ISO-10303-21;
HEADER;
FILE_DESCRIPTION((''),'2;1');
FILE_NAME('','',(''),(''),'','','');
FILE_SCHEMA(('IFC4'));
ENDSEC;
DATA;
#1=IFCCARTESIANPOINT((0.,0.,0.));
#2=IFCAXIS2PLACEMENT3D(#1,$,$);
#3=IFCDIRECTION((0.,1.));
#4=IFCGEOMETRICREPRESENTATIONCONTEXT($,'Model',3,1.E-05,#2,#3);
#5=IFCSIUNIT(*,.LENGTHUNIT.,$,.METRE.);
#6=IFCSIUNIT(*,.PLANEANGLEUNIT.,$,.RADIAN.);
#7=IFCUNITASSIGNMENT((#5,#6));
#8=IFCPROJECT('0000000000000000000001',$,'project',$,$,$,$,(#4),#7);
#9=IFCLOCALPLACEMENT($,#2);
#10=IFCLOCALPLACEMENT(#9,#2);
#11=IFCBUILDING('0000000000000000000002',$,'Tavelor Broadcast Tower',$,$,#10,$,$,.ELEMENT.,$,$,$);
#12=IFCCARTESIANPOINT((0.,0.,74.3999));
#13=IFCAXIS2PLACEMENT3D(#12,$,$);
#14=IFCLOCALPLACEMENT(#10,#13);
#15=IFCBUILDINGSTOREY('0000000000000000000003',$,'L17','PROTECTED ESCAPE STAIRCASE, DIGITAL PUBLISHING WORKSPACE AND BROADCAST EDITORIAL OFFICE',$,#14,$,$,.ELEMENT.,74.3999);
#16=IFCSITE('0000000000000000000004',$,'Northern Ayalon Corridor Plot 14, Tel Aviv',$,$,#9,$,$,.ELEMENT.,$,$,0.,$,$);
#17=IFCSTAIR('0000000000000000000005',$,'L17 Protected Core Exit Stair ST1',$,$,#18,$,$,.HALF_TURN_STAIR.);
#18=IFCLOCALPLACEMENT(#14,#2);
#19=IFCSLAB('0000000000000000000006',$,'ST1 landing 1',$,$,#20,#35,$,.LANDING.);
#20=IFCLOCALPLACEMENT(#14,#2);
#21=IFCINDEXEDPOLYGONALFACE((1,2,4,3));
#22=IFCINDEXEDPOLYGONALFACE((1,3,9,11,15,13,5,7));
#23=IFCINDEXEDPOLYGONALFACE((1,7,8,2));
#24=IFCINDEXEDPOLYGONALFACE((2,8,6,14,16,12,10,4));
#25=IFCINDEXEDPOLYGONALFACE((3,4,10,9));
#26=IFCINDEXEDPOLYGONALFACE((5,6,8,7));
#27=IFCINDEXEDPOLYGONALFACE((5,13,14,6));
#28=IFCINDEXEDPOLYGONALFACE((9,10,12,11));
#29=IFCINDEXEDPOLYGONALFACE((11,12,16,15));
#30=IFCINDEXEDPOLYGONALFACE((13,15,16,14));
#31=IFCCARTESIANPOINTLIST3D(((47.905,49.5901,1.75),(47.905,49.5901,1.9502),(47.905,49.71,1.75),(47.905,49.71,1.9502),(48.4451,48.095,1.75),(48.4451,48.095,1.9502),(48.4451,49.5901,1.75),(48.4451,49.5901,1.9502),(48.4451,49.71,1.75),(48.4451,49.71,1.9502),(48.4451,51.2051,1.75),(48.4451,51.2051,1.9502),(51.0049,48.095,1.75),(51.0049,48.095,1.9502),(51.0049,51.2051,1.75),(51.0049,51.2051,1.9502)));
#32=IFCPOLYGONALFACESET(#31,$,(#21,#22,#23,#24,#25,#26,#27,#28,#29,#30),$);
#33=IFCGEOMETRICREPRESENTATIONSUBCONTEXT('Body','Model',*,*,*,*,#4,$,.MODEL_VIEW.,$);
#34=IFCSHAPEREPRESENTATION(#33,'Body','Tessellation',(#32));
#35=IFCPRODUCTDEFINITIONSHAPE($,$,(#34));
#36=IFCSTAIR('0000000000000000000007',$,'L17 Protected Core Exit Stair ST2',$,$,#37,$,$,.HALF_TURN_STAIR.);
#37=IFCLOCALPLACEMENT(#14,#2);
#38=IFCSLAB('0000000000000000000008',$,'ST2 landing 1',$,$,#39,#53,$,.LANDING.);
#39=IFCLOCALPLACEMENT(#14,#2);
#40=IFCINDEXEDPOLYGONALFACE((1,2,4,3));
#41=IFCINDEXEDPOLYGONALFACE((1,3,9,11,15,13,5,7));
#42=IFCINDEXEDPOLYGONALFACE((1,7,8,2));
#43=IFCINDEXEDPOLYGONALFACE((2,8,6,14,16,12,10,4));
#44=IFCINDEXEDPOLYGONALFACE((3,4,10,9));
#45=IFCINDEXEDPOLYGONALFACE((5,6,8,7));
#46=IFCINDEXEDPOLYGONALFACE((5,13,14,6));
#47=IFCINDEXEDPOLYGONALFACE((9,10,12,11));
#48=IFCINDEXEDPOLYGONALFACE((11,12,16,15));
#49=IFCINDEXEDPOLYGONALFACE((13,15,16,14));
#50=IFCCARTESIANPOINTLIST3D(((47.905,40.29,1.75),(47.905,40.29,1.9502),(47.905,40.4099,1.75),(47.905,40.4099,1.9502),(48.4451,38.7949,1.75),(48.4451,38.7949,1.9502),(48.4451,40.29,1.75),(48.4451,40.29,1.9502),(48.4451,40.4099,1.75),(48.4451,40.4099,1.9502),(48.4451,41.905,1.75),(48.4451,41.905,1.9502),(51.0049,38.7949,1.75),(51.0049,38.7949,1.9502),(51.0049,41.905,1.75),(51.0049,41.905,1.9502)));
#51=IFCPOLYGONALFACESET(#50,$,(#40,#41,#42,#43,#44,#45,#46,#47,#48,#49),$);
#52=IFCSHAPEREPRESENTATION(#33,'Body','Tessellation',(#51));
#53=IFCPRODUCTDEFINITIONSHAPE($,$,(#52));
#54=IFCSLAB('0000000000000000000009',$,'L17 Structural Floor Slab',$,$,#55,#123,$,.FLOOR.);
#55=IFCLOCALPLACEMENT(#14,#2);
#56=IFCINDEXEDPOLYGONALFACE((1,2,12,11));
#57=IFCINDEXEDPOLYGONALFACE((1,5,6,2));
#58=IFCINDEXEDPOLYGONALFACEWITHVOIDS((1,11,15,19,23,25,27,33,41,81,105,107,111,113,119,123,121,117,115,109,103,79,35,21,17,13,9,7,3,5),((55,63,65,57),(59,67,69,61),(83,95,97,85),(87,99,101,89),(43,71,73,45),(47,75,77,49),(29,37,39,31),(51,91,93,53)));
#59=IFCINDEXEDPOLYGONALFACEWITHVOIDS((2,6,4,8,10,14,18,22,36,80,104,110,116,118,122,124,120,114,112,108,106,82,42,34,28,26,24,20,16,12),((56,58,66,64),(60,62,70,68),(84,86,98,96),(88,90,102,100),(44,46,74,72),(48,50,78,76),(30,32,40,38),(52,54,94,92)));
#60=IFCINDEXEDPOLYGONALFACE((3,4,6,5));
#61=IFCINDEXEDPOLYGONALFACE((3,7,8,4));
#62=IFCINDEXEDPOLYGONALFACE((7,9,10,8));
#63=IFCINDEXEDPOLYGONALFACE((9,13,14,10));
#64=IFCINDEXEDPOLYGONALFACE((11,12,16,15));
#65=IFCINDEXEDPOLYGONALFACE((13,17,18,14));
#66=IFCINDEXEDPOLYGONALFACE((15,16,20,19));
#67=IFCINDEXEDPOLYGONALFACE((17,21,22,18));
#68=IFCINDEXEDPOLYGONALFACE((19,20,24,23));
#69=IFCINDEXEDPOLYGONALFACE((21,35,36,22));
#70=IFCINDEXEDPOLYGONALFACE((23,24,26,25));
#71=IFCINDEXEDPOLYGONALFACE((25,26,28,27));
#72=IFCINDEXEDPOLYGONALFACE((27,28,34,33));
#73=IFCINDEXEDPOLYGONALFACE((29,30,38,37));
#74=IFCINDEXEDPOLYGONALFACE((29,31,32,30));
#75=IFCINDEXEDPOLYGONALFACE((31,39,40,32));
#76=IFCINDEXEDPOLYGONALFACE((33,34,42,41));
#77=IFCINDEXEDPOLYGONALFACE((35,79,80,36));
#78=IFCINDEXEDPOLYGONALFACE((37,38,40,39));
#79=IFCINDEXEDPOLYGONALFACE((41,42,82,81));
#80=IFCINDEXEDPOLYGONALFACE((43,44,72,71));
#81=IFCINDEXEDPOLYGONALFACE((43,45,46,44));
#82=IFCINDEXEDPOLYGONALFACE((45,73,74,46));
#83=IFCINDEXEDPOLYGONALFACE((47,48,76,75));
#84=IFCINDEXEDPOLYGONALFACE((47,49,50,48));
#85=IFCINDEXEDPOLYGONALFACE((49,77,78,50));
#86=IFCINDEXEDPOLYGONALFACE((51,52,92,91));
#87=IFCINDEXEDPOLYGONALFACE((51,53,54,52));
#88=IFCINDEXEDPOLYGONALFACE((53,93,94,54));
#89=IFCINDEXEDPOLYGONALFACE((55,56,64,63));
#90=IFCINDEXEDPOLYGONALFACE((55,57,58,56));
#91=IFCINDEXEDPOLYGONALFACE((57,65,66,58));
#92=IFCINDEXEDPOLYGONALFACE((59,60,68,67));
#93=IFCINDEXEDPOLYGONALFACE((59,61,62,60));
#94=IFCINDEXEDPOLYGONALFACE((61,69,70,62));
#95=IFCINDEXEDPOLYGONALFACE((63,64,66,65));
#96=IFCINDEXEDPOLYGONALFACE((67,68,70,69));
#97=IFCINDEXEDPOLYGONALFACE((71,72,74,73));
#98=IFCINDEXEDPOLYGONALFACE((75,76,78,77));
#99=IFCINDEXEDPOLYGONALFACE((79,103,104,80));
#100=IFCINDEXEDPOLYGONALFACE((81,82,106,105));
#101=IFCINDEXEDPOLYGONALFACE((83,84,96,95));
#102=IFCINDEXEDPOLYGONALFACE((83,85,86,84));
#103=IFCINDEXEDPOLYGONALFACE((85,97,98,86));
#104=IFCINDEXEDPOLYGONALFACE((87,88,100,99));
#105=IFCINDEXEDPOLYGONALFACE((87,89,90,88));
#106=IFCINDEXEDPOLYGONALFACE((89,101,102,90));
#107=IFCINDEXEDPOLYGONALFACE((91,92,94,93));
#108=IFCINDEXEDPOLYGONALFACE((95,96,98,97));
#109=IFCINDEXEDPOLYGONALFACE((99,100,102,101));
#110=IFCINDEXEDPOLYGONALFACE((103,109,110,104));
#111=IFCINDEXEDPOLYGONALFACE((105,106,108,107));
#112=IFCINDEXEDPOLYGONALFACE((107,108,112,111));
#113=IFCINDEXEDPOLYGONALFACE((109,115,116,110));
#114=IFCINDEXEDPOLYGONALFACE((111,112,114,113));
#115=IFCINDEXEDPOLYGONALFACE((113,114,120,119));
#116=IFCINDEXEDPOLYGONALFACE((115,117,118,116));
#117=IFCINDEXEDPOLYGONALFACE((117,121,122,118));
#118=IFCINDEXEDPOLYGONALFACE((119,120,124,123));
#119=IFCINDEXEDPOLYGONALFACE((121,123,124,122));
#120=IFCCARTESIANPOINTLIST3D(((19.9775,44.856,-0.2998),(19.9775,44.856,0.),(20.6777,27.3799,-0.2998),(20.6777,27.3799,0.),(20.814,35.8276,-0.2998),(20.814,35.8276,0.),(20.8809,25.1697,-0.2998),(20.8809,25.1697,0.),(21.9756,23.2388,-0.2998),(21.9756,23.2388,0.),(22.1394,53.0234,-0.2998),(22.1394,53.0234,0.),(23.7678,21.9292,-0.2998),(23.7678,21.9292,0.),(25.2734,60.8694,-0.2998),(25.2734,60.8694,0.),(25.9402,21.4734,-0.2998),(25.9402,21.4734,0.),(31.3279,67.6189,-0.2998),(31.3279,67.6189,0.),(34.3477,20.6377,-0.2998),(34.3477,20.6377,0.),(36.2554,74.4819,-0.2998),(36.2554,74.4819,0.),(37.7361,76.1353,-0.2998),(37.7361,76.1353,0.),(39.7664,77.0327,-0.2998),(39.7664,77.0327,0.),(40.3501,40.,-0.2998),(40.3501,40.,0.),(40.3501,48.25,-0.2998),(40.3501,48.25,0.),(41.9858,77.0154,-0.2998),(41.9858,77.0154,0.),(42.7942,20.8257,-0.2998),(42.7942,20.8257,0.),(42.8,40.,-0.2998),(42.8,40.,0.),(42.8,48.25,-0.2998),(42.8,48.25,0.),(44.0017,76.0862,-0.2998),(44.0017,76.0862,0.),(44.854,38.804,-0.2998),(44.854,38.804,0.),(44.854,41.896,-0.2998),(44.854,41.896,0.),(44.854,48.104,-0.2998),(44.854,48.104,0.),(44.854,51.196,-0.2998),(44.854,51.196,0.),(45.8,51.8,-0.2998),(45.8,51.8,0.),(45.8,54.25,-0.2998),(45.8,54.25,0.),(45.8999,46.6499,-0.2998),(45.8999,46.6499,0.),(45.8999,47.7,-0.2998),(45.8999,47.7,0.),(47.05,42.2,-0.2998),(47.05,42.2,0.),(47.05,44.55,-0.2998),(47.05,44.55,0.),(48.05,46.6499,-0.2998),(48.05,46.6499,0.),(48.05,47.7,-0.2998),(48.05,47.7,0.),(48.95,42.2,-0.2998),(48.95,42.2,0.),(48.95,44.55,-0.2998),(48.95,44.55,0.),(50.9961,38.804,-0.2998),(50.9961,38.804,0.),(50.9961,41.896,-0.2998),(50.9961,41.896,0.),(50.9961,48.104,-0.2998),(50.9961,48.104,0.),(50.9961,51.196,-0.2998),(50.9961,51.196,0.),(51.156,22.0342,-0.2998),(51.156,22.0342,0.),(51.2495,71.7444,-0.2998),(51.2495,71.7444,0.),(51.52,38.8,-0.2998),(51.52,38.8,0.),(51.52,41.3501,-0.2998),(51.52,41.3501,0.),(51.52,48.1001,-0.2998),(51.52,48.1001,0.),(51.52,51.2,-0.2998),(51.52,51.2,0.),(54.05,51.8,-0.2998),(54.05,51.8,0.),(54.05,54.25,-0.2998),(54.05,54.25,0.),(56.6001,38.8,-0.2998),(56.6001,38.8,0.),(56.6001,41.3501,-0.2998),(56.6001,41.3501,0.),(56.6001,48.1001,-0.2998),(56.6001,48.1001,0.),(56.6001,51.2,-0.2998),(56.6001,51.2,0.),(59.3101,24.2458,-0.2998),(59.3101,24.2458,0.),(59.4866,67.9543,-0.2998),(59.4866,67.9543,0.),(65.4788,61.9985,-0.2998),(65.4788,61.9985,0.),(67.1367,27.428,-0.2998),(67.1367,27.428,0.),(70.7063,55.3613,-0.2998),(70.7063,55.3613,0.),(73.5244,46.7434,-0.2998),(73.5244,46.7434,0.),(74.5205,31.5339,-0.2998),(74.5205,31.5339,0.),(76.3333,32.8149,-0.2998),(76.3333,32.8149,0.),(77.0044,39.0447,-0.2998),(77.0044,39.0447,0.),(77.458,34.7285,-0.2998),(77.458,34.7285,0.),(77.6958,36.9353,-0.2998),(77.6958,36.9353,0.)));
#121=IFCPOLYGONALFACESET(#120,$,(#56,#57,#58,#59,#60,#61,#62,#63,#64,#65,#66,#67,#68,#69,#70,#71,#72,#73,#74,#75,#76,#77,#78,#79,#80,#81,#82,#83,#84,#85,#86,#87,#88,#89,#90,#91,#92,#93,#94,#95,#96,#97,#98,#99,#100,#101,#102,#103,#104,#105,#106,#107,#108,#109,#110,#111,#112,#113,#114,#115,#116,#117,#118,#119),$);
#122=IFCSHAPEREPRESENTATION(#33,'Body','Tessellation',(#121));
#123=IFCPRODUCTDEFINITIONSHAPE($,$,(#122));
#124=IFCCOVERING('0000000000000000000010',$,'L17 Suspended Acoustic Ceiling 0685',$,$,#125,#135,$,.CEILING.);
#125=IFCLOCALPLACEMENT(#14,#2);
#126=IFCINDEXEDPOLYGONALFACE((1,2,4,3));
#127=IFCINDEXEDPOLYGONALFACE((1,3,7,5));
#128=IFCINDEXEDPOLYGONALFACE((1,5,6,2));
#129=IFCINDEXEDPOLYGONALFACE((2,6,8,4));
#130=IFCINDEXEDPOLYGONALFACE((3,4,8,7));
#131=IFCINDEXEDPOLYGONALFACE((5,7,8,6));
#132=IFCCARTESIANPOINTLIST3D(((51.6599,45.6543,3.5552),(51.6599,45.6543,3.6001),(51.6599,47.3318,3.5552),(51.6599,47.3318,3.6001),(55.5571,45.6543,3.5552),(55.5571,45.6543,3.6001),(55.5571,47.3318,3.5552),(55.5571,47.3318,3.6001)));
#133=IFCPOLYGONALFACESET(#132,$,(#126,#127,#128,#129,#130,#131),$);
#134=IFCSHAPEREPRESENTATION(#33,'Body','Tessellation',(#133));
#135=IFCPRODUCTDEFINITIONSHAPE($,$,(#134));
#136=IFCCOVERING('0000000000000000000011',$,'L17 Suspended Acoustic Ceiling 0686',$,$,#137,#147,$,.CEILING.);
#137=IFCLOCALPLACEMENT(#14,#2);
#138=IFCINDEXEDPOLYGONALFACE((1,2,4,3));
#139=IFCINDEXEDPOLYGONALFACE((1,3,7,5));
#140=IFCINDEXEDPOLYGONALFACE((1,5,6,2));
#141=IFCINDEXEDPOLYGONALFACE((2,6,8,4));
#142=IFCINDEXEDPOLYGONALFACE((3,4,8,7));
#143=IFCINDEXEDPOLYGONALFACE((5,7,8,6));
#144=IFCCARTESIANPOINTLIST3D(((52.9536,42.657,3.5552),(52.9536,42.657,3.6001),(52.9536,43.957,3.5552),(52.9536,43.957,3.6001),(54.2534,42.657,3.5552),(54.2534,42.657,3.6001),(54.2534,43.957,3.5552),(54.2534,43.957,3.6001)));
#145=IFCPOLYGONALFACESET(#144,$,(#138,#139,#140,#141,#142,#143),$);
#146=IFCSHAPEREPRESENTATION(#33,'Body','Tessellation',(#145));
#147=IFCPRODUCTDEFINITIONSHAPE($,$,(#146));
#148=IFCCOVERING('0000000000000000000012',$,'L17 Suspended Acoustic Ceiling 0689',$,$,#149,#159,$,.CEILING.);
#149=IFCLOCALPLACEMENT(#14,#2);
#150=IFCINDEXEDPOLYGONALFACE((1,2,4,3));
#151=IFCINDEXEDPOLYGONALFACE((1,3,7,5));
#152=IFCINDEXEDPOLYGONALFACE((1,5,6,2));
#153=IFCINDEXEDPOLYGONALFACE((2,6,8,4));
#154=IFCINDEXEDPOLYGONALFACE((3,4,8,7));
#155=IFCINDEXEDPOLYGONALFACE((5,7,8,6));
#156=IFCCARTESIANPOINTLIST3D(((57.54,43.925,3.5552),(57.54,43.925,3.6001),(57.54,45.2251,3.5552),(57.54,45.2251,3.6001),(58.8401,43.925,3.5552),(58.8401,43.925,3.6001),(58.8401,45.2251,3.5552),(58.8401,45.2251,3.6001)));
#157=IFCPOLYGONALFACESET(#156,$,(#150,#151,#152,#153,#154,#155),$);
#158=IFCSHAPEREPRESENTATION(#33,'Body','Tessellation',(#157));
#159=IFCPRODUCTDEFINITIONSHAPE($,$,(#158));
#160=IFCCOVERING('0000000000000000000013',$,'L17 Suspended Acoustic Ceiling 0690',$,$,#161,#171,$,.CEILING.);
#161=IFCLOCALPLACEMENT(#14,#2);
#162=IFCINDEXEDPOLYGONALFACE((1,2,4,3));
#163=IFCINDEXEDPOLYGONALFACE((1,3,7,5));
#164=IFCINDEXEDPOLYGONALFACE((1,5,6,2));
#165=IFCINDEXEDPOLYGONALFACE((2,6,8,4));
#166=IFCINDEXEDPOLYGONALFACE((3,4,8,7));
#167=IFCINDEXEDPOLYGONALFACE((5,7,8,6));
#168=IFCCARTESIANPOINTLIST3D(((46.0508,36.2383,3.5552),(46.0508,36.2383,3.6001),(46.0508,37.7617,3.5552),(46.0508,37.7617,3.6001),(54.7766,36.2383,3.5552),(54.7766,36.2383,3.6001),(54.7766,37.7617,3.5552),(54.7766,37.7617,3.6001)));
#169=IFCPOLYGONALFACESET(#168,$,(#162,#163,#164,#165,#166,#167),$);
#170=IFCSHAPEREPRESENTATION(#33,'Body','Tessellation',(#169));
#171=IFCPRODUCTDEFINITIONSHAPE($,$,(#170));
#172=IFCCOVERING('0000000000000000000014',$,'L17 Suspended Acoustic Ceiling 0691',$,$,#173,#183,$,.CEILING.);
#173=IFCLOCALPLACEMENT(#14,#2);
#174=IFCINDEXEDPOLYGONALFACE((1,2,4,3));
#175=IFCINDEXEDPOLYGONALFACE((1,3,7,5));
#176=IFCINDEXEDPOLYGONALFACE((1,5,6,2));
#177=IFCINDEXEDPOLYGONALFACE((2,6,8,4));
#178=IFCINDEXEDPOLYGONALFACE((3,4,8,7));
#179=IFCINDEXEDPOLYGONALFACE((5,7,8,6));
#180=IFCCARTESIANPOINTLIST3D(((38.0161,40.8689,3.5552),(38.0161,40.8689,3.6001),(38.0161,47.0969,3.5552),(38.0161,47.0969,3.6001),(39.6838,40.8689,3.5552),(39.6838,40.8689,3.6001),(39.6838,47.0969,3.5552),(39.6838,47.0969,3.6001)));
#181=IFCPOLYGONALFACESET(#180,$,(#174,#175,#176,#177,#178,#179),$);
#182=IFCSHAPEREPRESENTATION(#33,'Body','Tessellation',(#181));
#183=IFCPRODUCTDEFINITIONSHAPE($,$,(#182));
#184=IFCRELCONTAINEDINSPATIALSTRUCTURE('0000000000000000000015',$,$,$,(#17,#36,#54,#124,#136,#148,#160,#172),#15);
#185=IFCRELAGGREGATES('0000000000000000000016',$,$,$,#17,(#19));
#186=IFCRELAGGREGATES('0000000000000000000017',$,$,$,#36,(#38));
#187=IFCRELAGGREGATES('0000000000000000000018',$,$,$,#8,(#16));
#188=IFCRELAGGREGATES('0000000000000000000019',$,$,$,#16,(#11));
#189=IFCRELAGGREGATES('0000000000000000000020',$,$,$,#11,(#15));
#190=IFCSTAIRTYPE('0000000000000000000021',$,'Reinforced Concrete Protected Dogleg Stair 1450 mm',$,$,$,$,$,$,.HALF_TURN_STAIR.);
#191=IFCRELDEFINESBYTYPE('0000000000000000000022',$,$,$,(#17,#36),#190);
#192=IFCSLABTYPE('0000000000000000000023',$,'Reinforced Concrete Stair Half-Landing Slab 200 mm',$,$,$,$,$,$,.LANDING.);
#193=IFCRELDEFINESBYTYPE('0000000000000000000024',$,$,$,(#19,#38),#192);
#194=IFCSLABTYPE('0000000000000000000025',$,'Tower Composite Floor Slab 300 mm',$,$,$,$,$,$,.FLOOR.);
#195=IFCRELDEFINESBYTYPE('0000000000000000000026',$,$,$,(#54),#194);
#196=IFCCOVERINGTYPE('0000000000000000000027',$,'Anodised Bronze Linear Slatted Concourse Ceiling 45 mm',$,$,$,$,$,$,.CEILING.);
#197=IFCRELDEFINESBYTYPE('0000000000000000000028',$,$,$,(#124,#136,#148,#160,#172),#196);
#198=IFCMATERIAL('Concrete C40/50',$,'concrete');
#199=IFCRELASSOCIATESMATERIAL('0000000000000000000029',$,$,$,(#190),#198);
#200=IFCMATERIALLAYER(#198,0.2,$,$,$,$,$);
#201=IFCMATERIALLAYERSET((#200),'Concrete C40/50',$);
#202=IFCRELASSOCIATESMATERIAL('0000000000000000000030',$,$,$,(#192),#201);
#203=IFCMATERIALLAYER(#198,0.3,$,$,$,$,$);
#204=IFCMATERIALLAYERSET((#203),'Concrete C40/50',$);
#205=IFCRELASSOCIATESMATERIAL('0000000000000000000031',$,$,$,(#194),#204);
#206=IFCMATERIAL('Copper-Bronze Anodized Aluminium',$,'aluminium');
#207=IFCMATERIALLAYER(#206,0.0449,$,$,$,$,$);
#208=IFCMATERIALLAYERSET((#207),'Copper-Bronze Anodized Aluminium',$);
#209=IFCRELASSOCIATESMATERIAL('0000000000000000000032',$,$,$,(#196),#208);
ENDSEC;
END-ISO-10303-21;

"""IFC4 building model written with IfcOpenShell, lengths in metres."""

from ifc_helpers import new_model, si_unit, direction, frame, origin, place, context, subcontext, project, spatial, polyline, outline, extrude, material, layer, layer_set, type_object, element, aggregate, save


model = new_model("IFC4")

# Units and contexts
model_context = context("Model", 3, precision=1e-05, world=origin(), true_north=direction((0.0, 1.0)))
body_context = subcontext(model_context, "Body", "Model", "MODEL_VIEW")
ifc_project = project(units=[si_unit("LENGTHUNIT", "METRE"), si_unit("PLANEANGLEUNIT", "RADIAN")], contexts=[model_context])

# Site, building, storey
site_placement = place(None, origin())
site = spatial("IfcSite", under=ifc_project, at=site_placement, Name="Northern Ayalon Corridor Plot 14, Tel Aviv", CompositionType="ELEMENT", RefElevation=0.0)
building_placement = place(site_placement, origin())
building = spatial("IfcBuilding", under=site, at=building_placement, Name="Tavelor Broadcast Tower", CompositionType="ELEMENT")
storey_placement = place(building_placement, frame((0.0, 0.0, 74.3999)))
storey = spatial("IfcBuildingStorey", under=building, at=storey_placement, Name="L17", Description="PROTECTED ESCAPE STAIRCASE, DIGITAL PUBLISHING WORKSPACE AND BROADCAST EDITORIAL OFFICE", CompositionType="ELEMENT", Elevation=74.3999)

# Stairs, slabs
ifc_material_1 = material(Name="Concrete C40/50", Category="concrete")
stair_type = type_object("IfcStairType", Name="Reinforced Concrete Protected Dogleg Stair 1450 mm", PredefinedType="HALF_TURN_STAIR", material=ifc_material_1)
stair_1_placement = place(storey_placement, origin())
stair_1 = element("IfcStair", 1, at=stair_1_placement, inside=storey, type_object=stair_type, Name="L17 Protected Core Exit Stair ST1", PredefinedType="HALF_TURN_STAIR")
ifc_layer_1 = layer(ifc_material_1, 0.2)
ifc_layer_set_1 = layer_set([ifc_layer_1], Name="Concrete C40/50")
slab_type_1 = type_object("IfcSlabType", Name="Reinforced Concrete Stair Half-Landing Slab 200 mm", PredefinedType="LANDING", material=ifc_layer_set_1)
slab_1_placement = place(storey_placement, frame((0.0, 0.0, 1.75)))
slab_1 = element("IfcSlab", 2, at=slab_1_placement, type_object=slab_type_1, Name="ST1 landing 1", PredefinedType="LANDING", context=body_context, shape_type="SweptSolid", body=[
    extrude(outline(polyline([(48.4451, 49.5901), (48.4451, 48.095), (51.0049, 48.095), (51.0049, 51.2051), (48.4451, 51.2051), (48.4451, 49.71), (47.905, 49.71), (47.905, 49.5901), (48.4451, 49.5901)])), origin(), (0.0, 0.0, 1.0), 0.2002),
])
aggregate(stair_1, [slab_1])
stair_2_placement = place(storey_placement, origin())
stair_2 = element("IfcStair", 3, at=stair_2_placement, inside=storey, type_object=stair_type, Name="L17 Protected Core Exit Stair ST2", PredefinedType="HALF_TURN_STAIR")
slab_2_placement = place(storey_placement, frame((0.0, 0.0, 1.75)))
slab_2 = element("IfcSlab", 4, at=slab_2_placement, type_object=slab_type_1, Name="ST2 landing 1", PredefinedType="LANDING", context=body_context, shape_type="SweptSolid", body=[
    extrude(outline(polyline([(48.4451, 40.29), (48.4451, 38.7949), (51.0049, 38.7949), (51.0049, 41.905), (48.4451, 41.905), (48.4451, 40.4099), (47.905, 40.4099), (47.905, 40.29), (48.4451, 40.29)])), origin(), (0.0, 0.0, 1.0), 0.2002),
])
aggregate(stair_2, [slab_2])

# Slab
ifc_layer_2 = layer(ifc_material_1, 0.3)
ifc_layer_set_2 = layer_set([ifc_layer_2], Name="Concrete C40/50")
slab_type_2 = type_object("IfcSlabType", Name="Tower Composite Floor Slab 300 mm", PredefinedType="FLOOR", material=ifc_layer_set_2)
slab_3_placement = place(storey_placement, frame((0.0, 0.0, -0.2998)))
element("IfcSlab", 5, at=slab_3_placement, inside=storey, type_object=slab_type_2, Name="L17 Structural Floor Slab", PredefinedType="FLOOR", context=body_context, shape_type="SweptSolid", body=[
    extrude(outline(polyline([(44.0017, 76.0862), (41.9858, 77.0154), (39.7664, 77.0327), (37.7361, 76.1353), (36.2554, 74.4819), (31.3279, 67.6189), (25.2734, 60.8694), (22.1394, 53.0234), (19.9775, 44.856), (20.814, 35.8276), (20.6777, 27.3799), (20.8809, 25.1697), (21.9756, 23.2388), (23.7678, 21.9292), (25.9402, 21.4734), (34.3477, 20.6377), (42.7942, 20.8257), (51.156, 22.0342), (59.3101, 24.2458), (67.1367, 27.428), (74.5205, 31.5339), (76.3333, 32.8149), (77.458, 34.7285), (77.6958, 36.9353), (77.0044, 39.0447), (73.5244, 46.7434), (70.7063, 55.3613), (65.4788, 61.9985), (59.4866, 67.9543), (51.2495, 71.7444), (44.0017, 76.0862)]), holes=[polyline([(56.6001, 38.8), (51.52, 38.8), (51.52, 41.3501), (56.6001, 41.3501), (56.6001, 38.8)]), polyline([(50.9961, 38.804), (44.854, 38.804), (44.854, 41.896), (50.9961, 41.896), (50.9961, 38.804)]), polyline([(47.05, 42.2), (47.05, 44.55), (48.95, 44.55), (48.95, 42.2), (47.05, 42.2)]), polyline([(40.3501, 40.0), (40.3501, 48.25), (42.8, 48.25), (42.8, 40.0), (40.3501, 40.0)]), polyline([(48.05, 46.6499), (45.8999, 46.6499), (45.8999, 47.7), (48.05, 47.7), (48.05, 46.6499)]), polyline([(50.9961, 48.104), (44.854, 48.104), (44.854, 51.196), (50.9961, 51.196), (50.9961, 48.104)]), polyline([(56.6001, 48.1001), (51.52, 48.1001), (51.52, 51.2), (56.6001, 51.2), (56.6001, 48.1001)]), polyline([(54.05, 51.8), (45.8, 51.8), (45.8, 54.25), (54.05, 54.25), (54.05, 51.8)])]), origin(), (0.0, 0.0, 1.0), 0.2998),
])

# Coverings
ifc_material_2 = material(Name="Copper-Bronze Anodized Aluminium", Category="aluminium")
ifc_layer_3 = layer(ifc_material_2, 0.0449)
ifc_layer_set_3 = layer_set([ifc_layer_3], Name="Copper-Bronze Anodized Aluminium")
covering_type_1 = type_object("IfcCoveringType", Name="Anodised Bronze Linear Slatted Concourse Ceiling 45 mm", PredefinedType="CEILING", material=ifc_layer_set_3)
covering_1_placement = place(storey_placement, frame((0.0, 0.0, 3.5552)))
element("IfcCovering", 6, at=covering_1_placement, inside=storey, type_object=covering_type_1, Name="L17 Suspended Acoustic Ceiling 0685", PredefinedType="CEILING", context=body_context, shape_type="SweptSolid", body=[
    extrude(outline(polyline([(51.6599, 45.6543), (55.5571, 45.6543), (55.5571, 47.3318), (51.6599, 47.3318), (51.6599, 45.6543)])), origin(), (0.0, 0.0, 1.0), 0.0449),
])
covering_2_placement = place(storey_placement, frame((0.0, 0.0, 3.5552)))
element("IfcCovering", 7, at=covering_2_placement, inside=storey, type_object=covering_type_1, Name="L17 Suspended Acoustic Ceiling 0686", PredefinedType="CEILING", context=body_context, shape_type="SweptSolid", body=[
    extrude(outline(polyline([(52.9536, 42.657), (54.2534, 42.657), (54.2534, 43.957), (52.9536, 43.957), (52.9536, 42.657)])), origin(), (0.0, 0.0, 1.0), 0.0449),
])
covering_3_placement = place(storey_placement, frame((0.0, 0.0, 3.5552)))
element("IfcCovering", 8, at=covering_3_placement, inside=storey, type_object=covering_type_1, Name="L17 Suspended Acoustic Ceiling 0689", PredefinedType="CEILING", context=body_context, shape_type="SweptSolid", body=[
    extrude(outline(polyline([(57.54, 43.925), (58.8401, 43.925), (58.8401, 45.2251), (57.54, 45.2251), (57.54, 43.925)])), origin(), (0.0, 0.0, 1.0), 0.0449),
])
covering_4_placement = place(storey_placement, frame((0.0, 0.0, 3.5552)))
element("IfcCovering", 9, at=covering_4_placement, inside=storey, type_object=covering_type_1, Name="L17 Suspended Acoustic Ceiling 0690", PredefinedType="CEILING", context=body_context, shape_type="SweptSolid", body=[
    extrude(outline(polyline([(46.0508, 36.2383), (54.7766, 36.2383), (54.7766, 37.7617), (46.0508, 37.7617), (46.0508, 36.2383)])), origin(), (0.0, 0.0, 1.0), 0.0449),
])
covering_5_placement = place(storey_placement, frame((0.0, 0.0, 3.5552)))
element("IfcCovering", 10, at=covering_5_placement, inside=storey, type_object=covering_type_1, Name="L17 Suspended Acoustic Ceiling 0691", PredefinedType="CEILING", context=body_context, shape_type="SweptSolid", body=[
    extrude(outline(polyline([(38.0161, 40.8689), (39.6838, 40.8689), (39.6838, 47.0969), (38.0161, 47.0969), (38.0161, 40.8689)])), origin(), (0.0, 0.0, 1.0), 0.0449),
])

save(model, "model.ifc")
